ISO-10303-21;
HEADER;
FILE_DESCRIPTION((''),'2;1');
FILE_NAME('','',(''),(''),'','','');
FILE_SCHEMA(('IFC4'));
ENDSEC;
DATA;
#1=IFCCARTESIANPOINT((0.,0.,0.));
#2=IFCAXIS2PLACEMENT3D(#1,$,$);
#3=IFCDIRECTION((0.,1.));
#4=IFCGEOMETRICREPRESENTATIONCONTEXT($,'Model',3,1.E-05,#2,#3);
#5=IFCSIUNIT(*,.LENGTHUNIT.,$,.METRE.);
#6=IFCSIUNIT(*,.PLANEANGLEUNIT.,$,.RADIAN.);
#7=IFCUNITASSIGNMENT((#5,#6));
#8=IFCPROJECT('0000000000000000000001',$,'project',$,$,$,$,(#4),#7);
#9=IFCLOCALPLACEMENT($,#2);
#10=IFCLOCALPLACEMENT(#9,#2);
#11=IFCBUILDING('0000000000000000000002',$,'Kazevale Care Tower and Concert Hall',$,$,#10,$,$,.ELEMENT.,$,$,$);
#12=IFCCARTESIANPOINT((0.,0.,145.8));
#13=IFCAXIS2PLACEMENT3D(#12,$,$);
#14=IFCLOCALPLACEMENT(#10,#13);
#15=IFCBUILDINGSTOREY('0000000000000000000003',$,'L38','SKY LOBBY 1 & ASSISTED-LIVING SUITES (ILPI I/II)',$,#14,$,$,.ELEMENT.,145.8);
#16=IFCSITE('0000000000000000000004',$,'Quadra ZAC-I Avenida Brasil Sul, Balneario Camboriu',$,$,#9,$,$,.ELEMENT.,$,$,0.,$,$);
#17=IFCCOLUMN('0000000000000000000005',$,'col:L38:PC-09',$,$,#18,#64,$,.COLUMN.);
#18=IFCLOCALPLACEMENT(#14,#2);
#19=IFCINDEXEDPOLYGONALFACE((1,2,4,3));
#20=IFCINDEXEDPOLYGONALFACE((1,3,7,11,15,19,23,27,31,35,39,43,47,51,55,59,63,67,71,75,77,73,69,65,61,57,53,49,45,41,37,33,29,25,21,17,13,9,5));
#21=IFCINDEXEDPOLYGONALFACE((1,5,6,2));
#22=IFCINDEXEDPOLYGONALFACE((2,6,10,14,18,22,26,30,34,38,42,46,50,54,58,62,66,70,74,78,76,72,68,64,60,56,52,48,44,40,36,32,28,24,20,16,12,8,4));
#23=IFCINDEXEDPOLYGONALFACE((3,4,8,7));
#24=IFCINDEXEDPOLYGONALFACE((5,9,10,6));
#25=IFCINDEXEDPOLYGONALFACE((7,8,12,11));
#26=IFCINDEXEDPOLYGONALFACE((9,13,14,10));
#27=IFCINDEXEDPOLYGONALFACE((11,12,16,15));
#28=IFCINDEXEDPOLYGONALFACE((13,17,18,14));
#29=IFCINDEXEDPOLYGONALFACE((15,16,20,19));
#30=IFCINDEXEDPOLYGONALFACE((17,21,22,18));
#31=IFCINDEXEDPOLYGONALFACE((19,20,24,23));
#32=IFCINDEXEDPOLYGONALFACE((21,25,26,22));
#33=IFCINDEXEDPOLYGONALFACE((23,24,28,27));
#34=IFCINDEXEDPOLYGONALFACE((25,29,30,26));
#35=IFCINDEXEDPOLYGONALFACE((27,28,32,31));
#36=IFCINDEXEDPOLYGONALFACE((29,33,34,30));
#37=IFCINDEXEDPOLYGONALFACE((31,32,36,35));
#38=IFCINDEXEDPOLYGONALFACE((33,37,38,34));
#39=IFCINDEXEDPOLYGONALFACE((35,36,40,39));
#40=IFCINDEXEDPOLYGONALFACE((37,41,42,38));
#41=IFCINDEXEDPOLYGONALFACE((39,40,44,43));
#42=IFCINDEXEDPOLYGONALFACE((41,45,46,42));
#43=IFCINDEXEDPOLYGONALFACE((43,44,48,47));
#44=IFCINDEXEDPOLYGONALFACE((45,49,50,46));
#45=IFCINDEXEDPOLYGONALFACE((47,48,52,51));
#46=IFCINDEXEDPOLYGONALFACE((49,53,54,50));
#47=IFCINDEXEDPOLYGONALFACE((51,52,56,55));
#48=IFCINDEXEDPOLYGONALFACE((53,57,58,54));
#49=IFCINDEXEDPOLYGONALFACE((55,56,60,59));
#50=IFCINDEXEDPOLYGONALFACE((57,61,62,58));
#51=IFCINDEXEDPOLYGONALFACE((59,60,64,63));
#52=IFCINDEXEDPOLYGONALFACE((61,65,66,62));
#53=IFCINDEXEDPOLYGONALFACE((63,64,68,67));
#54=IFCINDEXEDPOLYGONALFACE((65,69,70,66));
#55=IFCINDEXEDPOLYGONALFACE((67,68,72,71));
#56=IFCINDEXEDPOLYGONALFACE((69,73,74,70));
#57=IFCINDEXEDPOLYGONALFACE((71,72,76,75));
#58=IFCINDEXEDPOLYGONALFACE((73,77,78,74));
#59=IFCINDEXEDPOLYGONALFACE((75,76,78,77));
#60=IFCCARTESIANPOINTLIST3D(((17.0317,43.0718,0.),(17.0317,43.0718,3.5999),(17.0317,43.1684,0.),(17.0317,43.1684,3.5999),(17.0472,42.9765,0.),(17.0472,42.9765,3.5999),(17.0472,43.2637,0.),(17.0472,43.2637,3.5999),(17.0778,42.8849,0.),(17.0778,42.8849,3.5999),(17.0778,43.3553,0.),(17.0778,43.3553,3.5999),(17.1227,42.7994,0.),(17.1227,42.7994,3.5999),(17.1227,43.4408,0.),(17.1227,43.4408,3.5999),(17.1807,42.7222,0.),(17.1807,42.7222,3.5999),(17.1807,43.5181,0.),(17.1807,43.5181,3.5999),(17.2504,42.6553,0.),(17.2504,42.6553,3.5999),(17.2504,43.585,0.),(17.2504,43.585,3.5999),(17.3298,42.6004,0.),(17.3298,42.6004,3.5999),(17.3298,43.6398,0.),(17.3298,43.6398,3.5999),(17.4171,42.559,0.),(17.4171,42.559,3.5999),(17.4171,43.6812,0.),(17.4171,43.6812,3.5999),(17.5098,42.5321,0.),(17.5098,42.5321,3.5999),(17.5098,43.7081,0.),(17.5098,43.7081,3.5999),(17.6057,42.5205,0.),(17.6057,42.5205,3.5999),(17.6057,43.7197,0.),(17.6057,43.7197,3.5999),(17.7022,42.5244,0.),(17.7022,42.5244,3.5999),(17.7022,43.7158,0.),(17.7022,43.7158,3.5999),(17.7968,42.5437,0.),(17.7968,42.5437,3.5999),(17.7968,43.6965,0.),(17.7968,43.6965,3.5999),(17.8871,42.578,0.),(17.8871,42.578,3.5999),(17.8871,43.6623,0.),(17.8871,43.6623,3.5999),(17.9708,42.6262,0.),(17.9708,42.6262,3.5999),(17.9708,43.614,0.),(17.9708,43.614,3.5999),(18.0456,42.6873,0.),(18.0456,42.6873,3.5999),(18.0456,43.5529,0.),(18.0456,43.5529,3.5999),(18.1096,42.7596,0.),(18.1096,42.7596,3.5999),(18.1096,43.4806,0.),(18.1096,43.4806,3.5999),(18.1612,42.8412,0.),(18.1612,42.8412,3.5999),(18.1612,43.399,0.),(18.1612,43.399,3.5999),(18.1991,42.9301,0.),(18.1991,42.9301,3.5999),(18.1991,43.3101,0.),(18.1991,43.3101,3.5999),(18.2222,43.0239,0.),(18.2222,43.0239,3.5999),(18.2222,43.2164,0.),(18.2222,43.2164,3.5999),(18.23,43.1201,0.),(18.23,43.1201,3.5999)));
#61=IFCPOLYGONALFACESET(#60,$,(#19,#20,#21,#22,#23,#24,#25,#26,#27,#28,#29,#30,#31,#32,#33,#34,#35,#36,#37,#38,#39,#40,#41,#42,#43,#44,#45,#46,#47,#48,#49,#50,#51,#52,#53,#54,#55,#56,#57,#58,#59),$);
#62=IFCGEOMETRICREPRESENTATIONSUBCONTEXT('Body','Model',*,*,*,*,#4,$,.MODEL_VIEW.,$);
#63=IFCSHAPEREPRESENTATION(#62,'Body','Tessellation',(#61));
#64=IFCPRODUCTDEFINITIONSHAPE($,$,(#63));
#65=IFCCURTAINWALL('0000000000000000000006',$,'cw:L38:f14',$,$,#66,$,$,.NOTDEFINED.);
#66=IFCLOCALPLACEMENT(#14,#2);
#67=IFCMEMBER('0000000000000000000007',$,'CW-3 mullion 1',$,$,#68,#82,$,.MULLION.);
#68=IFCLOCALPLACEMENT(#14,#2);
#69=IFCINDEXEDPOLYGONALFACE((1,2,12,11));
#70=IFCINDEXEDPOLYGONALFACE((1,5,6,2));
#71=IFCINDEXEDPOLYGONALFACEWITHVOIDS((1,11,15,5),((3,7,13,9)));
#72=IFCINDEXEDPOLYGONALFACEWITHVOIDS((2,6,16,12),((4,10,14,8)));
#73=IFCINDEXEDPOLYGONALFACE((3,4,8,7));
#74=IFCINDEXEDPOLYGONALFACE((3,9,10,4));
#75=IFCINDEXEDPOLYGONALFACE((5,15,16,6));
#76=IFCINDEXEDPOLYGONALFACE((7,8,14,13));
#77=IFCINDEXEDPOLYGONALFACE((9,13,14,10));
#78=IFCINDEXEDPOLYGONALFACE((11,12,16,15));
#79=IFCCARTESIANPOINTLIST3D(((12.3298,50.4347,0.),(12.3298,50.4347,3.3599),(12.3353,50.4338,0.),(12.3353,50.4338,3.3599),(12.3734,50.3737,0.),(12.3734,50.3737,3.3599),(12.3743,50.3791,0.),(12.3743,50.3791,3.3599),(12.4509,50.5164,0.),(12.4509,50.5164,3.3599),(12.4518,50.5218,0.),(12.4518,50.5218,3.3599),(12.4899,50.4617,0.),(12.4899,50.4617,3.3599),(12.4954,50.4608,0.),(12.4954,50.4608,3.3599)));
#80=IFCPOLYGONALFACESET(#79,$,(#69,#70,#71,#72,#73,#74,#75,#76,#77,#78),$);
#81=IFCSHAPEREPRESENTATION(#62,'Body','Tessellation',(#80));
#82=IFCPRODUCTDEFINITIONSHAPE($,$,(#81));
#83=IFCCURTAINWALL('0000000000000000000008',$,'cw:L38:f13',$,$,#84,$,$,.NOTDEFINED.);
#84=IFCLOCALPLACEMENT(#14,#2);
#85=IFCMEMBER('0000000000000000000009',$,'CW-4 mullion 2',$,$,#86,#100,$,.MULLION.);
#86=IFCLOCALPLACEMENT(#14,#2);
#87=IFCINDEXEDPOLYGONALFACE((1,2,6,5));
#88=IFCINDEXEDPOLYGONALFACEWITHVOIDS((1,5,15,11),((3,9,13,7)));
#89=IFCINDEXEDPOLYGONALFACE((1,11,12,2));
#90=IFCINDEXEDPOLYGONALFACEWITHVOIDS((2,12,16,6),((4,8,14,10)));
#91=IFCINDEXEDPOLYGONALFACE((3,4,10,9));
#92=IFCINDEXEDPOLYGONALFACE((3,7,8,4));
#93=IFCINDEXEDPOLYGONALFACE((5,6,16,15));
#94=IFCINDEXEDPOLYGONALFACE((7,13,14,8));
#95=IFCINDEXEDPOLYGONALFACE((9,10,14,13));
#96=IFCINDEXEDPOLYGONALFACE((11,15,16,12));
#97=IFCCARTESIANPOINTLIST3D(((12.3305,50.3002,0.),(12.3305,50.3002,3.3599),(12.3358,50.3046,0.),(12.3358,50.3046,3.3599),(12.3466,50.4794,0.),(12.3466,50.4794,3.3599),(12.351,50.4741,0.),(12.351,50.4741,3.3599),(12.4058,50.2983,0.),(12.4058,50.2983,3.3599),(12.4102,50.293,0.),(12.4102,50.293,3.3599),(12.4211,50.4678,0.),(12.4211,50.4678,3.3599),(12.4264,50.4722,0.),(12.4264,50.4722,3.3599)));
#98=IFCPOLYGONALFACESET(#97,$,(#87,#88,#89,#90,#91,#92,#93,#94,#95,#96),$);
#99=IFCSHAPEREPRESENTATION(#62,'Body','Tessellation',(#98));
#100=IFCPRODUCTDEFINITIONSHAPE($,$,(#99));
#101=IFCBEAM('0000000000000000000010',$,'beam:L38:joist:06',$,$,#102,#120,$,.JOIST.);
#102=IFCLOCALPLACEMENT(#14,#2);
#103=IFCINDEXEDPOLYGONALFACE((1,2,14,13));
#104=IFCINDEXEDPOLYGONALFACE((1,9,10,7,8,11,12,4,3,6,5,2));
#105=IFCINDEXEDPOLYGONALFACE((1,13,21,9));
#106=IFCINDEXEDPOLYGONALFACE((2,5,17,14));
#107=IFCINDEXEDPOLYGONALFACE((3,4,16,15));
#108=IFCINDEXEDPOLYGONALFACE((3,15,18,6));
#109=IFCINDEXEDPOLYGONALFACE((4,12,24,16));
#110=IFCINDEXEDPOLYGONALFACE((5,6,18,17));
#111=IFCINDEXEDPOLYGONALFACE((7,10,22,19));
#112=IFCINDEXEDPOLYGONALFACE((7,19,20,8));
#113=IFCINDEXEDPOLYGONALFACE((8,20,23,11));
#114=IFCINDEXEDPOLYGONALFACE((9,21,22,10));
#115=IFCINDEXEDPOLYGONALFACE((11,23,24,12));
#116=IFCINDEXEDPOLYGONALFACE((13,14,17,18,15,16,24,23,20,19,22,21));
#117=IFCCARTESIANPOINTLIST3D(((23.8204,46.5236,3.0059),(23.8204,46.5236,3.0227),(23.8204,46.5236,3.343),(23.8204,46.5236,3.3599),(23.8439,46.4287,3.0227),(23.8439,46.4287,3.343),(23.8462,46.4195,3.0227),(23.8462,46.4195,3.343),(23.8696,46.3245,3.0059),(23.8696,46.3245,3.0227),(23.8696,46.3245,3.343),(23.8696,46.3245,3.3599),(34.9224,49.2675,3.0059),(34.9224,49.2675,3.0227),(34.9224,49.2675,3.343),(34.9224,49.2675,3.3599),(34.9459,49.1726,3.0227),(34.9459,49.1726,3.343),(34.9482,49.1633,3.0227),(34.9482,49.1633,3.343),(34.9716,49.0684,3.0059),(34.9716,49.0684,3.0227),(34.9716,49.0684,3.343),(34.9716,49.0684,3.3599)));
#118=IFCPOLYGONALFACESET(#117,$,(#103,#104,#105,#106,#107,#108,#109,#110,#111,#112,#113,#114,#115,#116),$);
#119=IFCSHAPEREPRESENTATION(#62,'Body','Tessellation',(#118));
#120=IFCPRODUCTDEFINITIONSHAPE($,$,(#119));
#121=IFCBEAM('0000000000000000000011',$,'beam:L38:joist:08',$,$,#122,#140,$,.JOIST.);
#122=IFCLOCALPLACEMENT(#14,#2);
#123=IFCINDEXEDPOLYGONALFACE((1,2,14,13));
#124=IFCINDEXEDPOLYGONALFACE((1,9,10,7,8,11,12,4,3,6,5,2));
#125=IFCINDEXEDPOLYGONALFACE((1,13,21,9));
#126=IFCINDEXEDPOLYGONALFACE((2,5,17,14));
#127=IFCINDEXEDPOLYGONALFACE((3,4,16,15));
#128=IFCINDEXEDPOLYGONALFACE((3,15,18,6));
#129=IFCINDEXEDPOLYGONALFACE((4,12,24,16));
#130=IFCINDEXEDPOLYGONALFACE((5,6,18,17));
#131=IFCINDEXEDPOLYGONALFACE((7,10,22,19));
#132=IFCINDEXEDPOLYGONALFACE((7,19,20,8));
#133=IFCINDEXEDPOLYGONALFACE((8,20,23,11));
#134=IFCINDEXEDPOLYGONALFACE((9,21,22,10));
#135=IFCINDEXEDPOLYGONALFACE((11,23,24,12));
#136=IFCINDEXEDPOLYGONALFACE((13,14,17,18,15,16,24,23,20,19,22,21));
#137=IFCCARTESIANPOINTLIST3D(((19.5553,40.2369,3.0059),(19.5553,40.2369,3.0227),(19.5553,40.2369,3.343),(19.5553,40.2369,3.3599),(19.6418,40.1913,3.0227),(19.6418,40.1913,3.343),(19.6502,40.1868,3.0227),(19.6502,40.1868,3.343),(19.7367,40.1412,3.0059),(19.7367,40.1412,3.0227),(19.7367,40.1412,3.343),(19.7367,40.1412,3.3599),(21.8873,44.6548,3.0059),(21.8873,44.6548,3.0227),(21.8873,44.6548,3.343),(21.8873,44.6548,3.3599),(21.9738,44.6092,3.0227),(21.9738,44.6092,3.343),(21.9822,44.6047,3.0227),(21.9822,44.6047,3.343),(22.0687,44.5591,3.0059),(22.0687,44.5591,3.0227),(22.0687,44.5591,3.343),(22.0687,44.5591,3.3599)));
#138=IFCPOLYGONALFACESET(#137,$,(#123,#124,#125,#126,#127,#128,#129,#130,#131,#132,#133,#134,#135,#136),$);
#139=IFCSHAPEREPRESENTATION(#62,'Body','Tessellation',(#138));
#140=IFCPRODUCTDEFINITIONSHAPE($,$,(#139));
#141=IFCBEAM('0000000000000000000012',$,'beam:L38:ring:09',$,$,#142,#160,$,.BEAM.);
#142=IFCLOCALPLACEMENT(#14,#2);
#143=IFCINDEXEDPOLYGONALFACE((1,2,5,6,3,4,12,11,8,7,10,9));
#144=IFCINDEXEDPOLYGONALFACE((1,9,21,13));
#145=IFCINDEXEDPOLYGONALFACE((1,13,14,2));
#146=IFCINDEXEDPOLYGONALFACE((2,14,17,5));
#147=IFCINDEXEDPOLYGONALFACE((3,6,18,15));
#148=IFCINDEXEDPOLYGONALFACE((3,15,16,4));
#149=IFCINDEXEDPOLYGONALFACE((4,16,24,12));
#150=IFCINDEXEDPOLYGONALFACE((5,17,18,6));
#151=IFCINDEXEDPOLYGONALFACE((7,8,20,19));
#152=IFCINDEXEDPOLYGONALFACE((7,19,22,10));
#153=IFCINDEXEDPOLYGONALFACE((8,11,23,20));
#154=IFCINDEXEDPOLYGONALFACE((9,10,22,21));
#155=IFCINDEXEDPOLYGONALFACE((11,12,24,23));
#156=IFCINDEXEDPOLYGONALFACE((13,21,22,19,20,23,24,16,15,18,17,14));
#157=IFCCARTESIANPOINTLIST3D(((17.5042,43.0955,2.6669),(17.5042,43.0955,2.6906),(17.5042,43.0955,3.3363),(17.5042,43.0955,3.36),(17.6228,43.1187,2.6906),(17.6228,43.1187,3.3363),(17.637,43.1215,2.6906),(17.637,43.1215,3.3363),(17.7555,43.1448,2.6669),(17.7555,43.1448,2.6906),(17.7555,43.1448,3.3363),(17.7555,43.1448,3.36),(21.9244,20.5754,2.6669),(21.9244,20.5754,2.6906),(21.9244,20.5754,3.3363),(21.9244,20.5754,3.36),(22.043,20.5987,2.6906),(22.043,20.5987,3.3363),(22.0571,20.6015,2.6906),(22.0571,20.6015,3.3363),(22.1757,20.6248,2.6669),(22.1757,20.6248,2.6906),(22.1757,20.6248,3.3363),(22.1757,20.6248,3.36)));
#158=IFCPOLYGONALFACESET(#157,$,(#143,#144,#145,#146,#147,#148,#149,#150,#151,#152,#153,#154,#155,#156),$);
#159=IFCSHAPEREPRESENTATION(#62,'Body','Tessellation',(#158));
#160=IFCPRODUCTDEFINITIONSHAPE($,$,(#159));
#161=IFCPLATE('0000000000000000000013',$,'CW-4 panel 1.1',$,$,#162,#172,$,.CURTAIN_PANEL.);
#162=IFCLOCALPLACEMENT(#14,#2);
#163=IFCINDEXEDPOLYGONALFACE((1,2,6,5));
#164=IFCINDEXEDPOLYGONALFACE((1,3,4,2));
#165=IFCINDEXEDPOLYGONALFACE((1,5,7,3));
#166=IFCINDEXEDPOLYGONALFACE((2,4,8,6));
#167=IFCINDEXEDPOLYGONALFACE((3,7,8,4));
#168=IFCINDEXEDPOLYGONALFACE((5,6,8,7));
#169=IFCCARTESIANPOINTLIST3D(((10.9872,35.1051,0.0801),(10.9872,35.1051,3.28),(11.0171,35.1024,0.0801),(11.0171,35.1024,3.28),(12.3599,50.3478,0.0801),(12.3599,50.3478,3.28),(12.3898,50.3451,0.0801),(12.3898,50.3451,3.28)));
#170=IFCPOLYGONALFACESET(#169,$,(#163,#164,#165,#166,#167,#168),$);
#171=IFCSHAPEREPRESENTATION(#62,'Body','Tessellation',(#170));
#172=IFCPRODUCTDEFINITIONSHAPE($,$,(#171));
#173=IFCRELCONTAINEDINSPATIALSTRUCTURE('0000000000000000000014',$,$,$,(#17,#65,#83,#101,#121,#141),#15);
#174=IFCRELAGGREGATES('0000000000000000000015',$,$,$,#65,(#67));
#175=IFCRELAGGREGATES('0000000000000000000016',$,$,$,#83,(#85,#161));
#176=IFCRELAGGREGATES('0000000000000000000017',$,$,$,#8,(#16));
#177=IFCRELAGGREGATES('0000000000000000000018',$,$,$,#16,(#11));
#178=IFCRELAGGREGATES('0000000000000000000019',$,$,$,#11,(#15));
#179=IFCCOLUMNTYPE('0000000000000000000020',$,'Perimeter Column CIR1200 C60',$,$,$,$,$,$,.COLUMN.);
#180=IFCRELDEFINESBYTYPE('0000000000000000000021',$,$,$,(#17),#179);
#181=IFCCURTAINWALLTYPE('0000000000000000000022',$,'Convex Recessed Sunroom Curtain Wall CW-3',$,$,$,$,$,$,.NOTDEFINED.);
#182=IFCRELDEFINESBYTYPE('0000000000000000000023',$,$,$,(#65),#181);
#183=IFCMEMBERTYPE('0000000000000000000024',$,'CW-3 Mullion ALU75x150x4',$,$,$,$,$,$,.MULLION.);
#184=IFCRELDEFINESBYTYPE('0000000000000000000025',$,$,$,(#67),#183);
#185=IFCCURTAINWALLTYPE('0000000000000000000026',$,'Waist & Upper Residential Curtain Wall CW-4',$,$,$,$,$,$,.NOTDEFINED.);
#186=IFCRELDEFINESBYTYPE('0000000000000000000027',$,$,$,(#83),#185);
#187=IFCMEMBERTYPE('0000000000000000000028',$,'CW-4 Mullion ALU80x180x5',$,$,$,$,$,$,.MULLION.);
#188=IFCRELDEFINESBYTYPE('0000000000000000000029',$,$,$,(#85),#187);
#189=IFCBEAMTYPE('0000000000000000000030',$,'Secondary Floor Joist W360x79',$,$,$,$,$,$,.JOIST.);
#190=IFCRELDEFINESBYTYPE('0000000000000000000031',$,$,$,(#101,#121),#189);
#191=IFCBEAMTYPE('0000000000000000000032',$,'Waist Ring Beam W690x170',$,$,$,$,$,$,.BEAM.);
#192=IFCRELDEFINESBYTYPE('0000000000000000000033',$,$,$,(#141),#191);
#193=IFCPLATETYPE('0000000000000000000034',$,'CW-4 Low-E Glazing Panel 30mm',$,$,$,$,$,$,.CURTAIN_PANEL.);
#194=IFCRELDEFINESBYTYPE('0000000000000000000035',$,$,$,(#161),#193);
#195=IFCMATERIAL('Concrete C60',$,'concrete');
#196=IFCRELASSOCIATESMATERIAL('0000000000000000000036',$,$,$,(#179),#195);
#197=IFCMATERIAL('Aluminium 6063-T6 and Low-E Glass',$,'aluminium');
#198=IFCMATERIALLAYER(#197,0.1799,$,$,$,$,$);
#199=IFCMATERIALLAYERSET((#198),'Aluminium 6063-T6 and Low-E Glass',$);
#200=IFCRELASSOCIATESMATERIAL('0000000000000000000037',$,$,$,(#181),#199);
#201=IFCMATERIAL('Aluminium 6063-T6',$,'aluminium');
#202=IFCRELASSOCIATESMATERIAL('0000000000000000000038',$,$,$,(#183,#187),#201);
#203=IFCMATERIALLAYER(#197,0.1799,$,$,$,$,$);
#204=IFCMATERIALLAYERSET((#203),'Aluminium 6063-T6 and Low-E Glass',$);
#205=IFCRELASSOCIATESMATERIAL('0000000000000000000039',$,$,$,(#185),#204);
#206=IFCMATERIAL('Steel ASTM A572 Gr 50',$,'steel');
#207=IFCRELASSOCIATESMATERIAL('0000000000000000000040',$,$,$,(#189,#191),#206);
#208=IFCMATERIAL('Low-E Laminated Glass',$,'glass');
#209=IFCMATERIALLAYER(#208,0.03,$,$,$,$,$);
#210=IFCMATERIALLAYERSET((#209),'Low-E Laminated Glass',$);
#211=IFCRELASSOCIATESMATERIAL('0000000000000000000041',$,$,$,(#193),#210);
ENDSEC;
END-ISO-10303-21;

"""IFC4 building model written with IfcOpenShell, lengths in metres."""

from ifc_helpers import new_model, si_unit, direction, frame, origin, origin_2d, place, context, subcontext, project, spatial, rectangle, hollow_rectangle, circle, i_section, extrude, material, layer, layer_set, material_profile, profile_set, type_object, element, aggregate, save


model = new_model("IFC4")

# Units and contexts
model_context = context("Model", 3, precision=1e-05, world=origin(), true_north=direction((0.0, 1.0)))
body_context = subcontext(model_context, "Body", "Model", "MODEL_VIEW")
ifc_project = project(units=[si_unit("LENGTHUNIT", "METRE"), si_unit("PLANEANGLEUNIT", "RADIAN")], contexts=[model_context])

# Site, building, storey
site_placement = place(None, origin())
site = spatial("IfcSite", under=ifc_project, at=site_placement, Name="Quadra ZAC-I Avenida Brasil Sul, Balneario Camboriu", CompositionType="ELEMENT", RefElevation=0.0)
building_placement = place(site_placement, origin())
building = spatial("IfcBuilding", under=site, at=building_placement, Name="Kazevale Care Tower and Concert Hall", CompositionType="ELEMENT")
storey_placement = place(building_placement, frame((0.0, 0.0, 145.8)))
storey = spatial("IfcBuildingStorey", under=building, at=storey_placement, Name="L38", Description="SKY LOBBY 1 & ASSISTED-LIVING SUITES (ILPI I/II)", CompositionType="ELEMENT", Elevation=145.8)

# Column
ifc_material_1 = material(Name="Concrete C60", Category="concrete")
ifc_material_profile_1 = material_profile(ifc_material_1, circle(Radius=0.6001, at=origin_2d()), Name="RC-CIR1200")
ifc_profile_set_1 = profile_set([ifc_material_profile_1], Name="Concrete C60")
column_type = type_object("IfcColumnType", Name="Perimeter Column CIR1200 C60", PredefinedType="COLUMN", material=ifc_profile_set_1)
column_placement = place(storey_placement, frame((17.6299, 43.1201, 0.0), z_axis=(0.0, 0.0, 1.0), x_axis=(1.0, 0.0, 0.0)))
element("IfcColumn", 1, at=column_placement, inside=storey, type_object=column_type, Name="col:L38:PC-09", PredefinedType="COLUMN", context=body_context, shape_type="SweptSolid", body=[
    extrude(circle(Radius=0.6001, at=origin_2d()), origin(), (0.0, 0.0, 1.0), 3.5999),
])

# Curtain walls, members
ifc_material_2 = material(Name="Aluminium 6063-T6 and Low-E Glass", Category="aluminium")
ifc_layer_1 = layer(ifc_material_2, 0.1799)
ifc_layer_set_1 = layer_set([ifc_layer_1], Name="Aluminium 6063-T6 and Low-E Glass")
curtain_wall_type_1 = type_object("IfcCurtainWallType", Name="Convex Recessed Sunroom Curtain Wall CW-3", PredefinedType="NOTDEFINED", material=ifc_layer_set_1)
curtain_wall_1_placement = place(storey_placement, origin())
curtain_wall_1 = element("IfcCurtainWall", 2, at=curtain_wall_1_placement, inside=storey, type_object=curtain_wall_type_1, Name="cw:L38:f14", PredefinedType="NOTDEFINED")
ifc_material_3 = material(Name="Aluminium 6063-T6", Category="aluminium")
ifc_material_profile_2 = material_profile(ifc_material_3, hollow_rectangle(XDim=0.075, YDim=0.1499, WallThickness=0.0039, at=origin_2d()), Name="ALU75x150x4")
ifc_profile_set_2 = profile_set([ifc_material_profile_2], Name="Aluminium 6063-T6")
member_type_1 = type_object("IfcMemberType", Name="CW-3 Mullion ALU75x150x4", PredefinedType="MULLION", material=ifc_profile_set_2)
member_1_placement = place(storey_placement, frame((12.4126, 50.4478, 0.0), z_axis=(0.0, 0.0, 1.0), x_axis=(-0.581324, 0.813672, 0.0)))
member_1 = element("IfcMember", 3, at=member_1_placement, type_object=member_type_1, Name="CW-3 mullion 1", PredefinedType="MULLION", context=body_context, shape_type="SweptSolid", body=[
    extrude(hollow_rectangle(XDim=0.075, YDim=0.1499, WallThickness=0.0039, at=origin_2d()), origin(), (0.0, 0.0, 1.0), 3.3599),
])
aggregate(curtain_wall_1, [member_1])
ifc_layer_2 = layer(ifc_material_2, 0.1799)
ifc_layer_set_2 = layer_set([ifc_layer_2], Name="Aluminium 6063-T6 and Low-E Glass")
curtain_wall_type_2 = type_object("IfcCurtainWallType", Name="Waist & Upper Residential Curtain Wall CW-4", PredefinedType="NOTDEFINED", material=ifc_layer_set_2)
curtain_wall_2_placement = place(storey_placement, origin())
curtain_wall_2 = element("IfcCurtainWall", 4, at=curtain_wall_2_placement, inside=storey, type_object=curtain_wall_type_2, Name="cw:L38:f13", PredefinedType="NOTDEFINED")
ifc_material_profile_3 = material_profile(ifc_material_3, hollow_rectangle(XDim=0.0801, YDim=0.1799, WallThickness=0.0049, at=origin_2d()), Name="ALU80x180x5")
ifc_profile_set_3 = profile_set([ifc_material_profile_3], Name="Aluminium 6063-T6")
member_type_2 = type_object("IfcMemberType", Name="CW-4 Mullion ALU80x180x5", PredefinedType="MULLION", material=ifc_profile_set_3)
member_2_placement = place(storey_placement, frame((12.3784, 50.3862, 0.0), z_axis=(0.0, 0.0, 1.0), x_axis=(-0.99597, 0.08969, 0.0)))
member_2 = element("IfcMember", 5, at=member_2_placement, type_object=member_type_2, Name="CW-4 mullion 2", PredefinedType="MULLION", context=body_context, shape_type="SweptSolid", body=[
    extrude(hollow_rectangle(XDim=0.0801, YDim=0.1799, WallThickness=0.0049, at=origin_2d()), origin(), (0.0, 0.0, 1.0), 3.3599),
])

# Beams
ifc_material_4 = material(Name="Steel ASTM A572 Gr 50", Category="steel")
ifc_material_profile_4 = material_profile(ifc_material_4, i_section(OverallWidth=0.2051, OverallDepth=0.354, WebThickness=0.0095, FlangeThickness=0.0168, at=origin_2d()), Name="W360x79")
ifc_profile_set_4 = profile_set([ifc_material_profile_4], Name="Steel ASTM A572 Gr 50")
beam_type_1 = type_object("IfcBeamType", Name="Secondary Floor Joist W360x79", PredefinedType="JOIST", material=ifc_profile_set_4)
beam_1_placement = place(storey_placement, frame((34.947, 49.168, 3.1829), z_axis=(-0.97079, -0.239933, 0.0), x_axis=(0.239933, -0.97079, 0.0)))
element("IfcBeam", 6, at=beam_1_placement, inside=storey, type_object=beam_type_1, Name="beam:L38:joist:06", PredefinedType="JOIST", context=body_context, shape_type="SweptSolid", body=[
    extrude(i_section(OverallWidth=0.2051, OverallDepth=0.354, WebThickness=0.0095, FlangeThickness=0.0168, at=origin_2d()), origin(), (0.0, 0.0, 1.0), 11.436),
])
beam_2_placement = place(storey_placement, frame((21.978, 44.6069, 3.1829), z_axis=(-0.46681, -0.884358, 0.0), x_axis=(0.884358, -0.46681, 0.0)))
element("IfcBeam", 7, at=beam_2_placement, inside=storey, type_object=beam_type_1, Name="beam:L38:joist:08", PredefinedType="JOIST", context=body_context, shape_type="SweptSolid", body=[
    extrude(i_section(OverallWidth=0.2051, OverallDepth=0.354, WebThickness=0.0095, FlangeThickness=0.0168, at=origin_2d()), origin(), (0.0, 0.0, 1.0), 4.9956),
])
ifc_material_profile_5 = material_profile(ifc_material_4, i_section(OverallWidth=0.2561, OverallDepth=0.6931, WebThickness=0.0144, FlangeThickness=0.0237, at=origin_2d()), Name="W690x170")
ifc_profile_set_5 = profile_set([ifc_material_profile_5], Name="Steel ASTM A572 Gr 50")
beam_type_2 = type_object("IfcBeamType", Name="Waist Ring Beam W690x170", PredefinedType="BEAM", material=ifc_profile_set_5)
beam_3_placement = place(storey_placement, frame((17.6299, 43.1201, 3.0134), z_axis=(0.192602, -0.981277, 0.0), x_axis=(0.981277, 0.192602, 0.0)))
element("IfcBeam", 8, at=beam_3_placement, inside=storey, type_object=beam_type_2, Name="beam:L38:ring:09", PredefinedType="BEAM", context=body_context, shape_type="SweptSolid", body=[
    extrude(i_section(OverallWidth=0.2561, OverallDepth=0.6931, WebThickness=0.0144, FlangeThickness=0.0237, at=origin_2d()), origin(), (0.0, 0.0, 1.0), 22.9497),
])

# Plate
ifc_material_5 = material(Name="Low-E Laminated Glass", Category="glass")
ifc_layer_3 = layer(ifc_material_5, 0.03)
ifc_layer_set_3 = layer_set([ifc_layer_3], Name="Low-E Laminated Glass")
plate_type = type_object("IfcPlateType", Name="CW-4 Low-E Glazing Panel 30mm", PredefinedType="CURTAIN_PANEL", material=ifc_layer_set_3)
plate_placement = place(storey_placement, frame((11.6885, 42.7251, 0.0801), z_axis=(0.0, 0.0, 1.0), x_axis=(0.08969, 0.99597, 0.0)))
plate = element("IfcPlate", 9, at=plate_placement, type_object=plate_type, Name="CW-4 panel 1.1", PredefinedType="CURTAIN_PANEL", context=body_context, shape_type="SweptSolid", body=[
    extrude(rectangle(XDim=15.3044, YDim=0.03, at=origin_2d()), origin(), (0.0, 0.0, 1.0), 3.2),
])
aggregate(curtain_wall_2, [member_2, plate])

save(model, "model.ifc")
